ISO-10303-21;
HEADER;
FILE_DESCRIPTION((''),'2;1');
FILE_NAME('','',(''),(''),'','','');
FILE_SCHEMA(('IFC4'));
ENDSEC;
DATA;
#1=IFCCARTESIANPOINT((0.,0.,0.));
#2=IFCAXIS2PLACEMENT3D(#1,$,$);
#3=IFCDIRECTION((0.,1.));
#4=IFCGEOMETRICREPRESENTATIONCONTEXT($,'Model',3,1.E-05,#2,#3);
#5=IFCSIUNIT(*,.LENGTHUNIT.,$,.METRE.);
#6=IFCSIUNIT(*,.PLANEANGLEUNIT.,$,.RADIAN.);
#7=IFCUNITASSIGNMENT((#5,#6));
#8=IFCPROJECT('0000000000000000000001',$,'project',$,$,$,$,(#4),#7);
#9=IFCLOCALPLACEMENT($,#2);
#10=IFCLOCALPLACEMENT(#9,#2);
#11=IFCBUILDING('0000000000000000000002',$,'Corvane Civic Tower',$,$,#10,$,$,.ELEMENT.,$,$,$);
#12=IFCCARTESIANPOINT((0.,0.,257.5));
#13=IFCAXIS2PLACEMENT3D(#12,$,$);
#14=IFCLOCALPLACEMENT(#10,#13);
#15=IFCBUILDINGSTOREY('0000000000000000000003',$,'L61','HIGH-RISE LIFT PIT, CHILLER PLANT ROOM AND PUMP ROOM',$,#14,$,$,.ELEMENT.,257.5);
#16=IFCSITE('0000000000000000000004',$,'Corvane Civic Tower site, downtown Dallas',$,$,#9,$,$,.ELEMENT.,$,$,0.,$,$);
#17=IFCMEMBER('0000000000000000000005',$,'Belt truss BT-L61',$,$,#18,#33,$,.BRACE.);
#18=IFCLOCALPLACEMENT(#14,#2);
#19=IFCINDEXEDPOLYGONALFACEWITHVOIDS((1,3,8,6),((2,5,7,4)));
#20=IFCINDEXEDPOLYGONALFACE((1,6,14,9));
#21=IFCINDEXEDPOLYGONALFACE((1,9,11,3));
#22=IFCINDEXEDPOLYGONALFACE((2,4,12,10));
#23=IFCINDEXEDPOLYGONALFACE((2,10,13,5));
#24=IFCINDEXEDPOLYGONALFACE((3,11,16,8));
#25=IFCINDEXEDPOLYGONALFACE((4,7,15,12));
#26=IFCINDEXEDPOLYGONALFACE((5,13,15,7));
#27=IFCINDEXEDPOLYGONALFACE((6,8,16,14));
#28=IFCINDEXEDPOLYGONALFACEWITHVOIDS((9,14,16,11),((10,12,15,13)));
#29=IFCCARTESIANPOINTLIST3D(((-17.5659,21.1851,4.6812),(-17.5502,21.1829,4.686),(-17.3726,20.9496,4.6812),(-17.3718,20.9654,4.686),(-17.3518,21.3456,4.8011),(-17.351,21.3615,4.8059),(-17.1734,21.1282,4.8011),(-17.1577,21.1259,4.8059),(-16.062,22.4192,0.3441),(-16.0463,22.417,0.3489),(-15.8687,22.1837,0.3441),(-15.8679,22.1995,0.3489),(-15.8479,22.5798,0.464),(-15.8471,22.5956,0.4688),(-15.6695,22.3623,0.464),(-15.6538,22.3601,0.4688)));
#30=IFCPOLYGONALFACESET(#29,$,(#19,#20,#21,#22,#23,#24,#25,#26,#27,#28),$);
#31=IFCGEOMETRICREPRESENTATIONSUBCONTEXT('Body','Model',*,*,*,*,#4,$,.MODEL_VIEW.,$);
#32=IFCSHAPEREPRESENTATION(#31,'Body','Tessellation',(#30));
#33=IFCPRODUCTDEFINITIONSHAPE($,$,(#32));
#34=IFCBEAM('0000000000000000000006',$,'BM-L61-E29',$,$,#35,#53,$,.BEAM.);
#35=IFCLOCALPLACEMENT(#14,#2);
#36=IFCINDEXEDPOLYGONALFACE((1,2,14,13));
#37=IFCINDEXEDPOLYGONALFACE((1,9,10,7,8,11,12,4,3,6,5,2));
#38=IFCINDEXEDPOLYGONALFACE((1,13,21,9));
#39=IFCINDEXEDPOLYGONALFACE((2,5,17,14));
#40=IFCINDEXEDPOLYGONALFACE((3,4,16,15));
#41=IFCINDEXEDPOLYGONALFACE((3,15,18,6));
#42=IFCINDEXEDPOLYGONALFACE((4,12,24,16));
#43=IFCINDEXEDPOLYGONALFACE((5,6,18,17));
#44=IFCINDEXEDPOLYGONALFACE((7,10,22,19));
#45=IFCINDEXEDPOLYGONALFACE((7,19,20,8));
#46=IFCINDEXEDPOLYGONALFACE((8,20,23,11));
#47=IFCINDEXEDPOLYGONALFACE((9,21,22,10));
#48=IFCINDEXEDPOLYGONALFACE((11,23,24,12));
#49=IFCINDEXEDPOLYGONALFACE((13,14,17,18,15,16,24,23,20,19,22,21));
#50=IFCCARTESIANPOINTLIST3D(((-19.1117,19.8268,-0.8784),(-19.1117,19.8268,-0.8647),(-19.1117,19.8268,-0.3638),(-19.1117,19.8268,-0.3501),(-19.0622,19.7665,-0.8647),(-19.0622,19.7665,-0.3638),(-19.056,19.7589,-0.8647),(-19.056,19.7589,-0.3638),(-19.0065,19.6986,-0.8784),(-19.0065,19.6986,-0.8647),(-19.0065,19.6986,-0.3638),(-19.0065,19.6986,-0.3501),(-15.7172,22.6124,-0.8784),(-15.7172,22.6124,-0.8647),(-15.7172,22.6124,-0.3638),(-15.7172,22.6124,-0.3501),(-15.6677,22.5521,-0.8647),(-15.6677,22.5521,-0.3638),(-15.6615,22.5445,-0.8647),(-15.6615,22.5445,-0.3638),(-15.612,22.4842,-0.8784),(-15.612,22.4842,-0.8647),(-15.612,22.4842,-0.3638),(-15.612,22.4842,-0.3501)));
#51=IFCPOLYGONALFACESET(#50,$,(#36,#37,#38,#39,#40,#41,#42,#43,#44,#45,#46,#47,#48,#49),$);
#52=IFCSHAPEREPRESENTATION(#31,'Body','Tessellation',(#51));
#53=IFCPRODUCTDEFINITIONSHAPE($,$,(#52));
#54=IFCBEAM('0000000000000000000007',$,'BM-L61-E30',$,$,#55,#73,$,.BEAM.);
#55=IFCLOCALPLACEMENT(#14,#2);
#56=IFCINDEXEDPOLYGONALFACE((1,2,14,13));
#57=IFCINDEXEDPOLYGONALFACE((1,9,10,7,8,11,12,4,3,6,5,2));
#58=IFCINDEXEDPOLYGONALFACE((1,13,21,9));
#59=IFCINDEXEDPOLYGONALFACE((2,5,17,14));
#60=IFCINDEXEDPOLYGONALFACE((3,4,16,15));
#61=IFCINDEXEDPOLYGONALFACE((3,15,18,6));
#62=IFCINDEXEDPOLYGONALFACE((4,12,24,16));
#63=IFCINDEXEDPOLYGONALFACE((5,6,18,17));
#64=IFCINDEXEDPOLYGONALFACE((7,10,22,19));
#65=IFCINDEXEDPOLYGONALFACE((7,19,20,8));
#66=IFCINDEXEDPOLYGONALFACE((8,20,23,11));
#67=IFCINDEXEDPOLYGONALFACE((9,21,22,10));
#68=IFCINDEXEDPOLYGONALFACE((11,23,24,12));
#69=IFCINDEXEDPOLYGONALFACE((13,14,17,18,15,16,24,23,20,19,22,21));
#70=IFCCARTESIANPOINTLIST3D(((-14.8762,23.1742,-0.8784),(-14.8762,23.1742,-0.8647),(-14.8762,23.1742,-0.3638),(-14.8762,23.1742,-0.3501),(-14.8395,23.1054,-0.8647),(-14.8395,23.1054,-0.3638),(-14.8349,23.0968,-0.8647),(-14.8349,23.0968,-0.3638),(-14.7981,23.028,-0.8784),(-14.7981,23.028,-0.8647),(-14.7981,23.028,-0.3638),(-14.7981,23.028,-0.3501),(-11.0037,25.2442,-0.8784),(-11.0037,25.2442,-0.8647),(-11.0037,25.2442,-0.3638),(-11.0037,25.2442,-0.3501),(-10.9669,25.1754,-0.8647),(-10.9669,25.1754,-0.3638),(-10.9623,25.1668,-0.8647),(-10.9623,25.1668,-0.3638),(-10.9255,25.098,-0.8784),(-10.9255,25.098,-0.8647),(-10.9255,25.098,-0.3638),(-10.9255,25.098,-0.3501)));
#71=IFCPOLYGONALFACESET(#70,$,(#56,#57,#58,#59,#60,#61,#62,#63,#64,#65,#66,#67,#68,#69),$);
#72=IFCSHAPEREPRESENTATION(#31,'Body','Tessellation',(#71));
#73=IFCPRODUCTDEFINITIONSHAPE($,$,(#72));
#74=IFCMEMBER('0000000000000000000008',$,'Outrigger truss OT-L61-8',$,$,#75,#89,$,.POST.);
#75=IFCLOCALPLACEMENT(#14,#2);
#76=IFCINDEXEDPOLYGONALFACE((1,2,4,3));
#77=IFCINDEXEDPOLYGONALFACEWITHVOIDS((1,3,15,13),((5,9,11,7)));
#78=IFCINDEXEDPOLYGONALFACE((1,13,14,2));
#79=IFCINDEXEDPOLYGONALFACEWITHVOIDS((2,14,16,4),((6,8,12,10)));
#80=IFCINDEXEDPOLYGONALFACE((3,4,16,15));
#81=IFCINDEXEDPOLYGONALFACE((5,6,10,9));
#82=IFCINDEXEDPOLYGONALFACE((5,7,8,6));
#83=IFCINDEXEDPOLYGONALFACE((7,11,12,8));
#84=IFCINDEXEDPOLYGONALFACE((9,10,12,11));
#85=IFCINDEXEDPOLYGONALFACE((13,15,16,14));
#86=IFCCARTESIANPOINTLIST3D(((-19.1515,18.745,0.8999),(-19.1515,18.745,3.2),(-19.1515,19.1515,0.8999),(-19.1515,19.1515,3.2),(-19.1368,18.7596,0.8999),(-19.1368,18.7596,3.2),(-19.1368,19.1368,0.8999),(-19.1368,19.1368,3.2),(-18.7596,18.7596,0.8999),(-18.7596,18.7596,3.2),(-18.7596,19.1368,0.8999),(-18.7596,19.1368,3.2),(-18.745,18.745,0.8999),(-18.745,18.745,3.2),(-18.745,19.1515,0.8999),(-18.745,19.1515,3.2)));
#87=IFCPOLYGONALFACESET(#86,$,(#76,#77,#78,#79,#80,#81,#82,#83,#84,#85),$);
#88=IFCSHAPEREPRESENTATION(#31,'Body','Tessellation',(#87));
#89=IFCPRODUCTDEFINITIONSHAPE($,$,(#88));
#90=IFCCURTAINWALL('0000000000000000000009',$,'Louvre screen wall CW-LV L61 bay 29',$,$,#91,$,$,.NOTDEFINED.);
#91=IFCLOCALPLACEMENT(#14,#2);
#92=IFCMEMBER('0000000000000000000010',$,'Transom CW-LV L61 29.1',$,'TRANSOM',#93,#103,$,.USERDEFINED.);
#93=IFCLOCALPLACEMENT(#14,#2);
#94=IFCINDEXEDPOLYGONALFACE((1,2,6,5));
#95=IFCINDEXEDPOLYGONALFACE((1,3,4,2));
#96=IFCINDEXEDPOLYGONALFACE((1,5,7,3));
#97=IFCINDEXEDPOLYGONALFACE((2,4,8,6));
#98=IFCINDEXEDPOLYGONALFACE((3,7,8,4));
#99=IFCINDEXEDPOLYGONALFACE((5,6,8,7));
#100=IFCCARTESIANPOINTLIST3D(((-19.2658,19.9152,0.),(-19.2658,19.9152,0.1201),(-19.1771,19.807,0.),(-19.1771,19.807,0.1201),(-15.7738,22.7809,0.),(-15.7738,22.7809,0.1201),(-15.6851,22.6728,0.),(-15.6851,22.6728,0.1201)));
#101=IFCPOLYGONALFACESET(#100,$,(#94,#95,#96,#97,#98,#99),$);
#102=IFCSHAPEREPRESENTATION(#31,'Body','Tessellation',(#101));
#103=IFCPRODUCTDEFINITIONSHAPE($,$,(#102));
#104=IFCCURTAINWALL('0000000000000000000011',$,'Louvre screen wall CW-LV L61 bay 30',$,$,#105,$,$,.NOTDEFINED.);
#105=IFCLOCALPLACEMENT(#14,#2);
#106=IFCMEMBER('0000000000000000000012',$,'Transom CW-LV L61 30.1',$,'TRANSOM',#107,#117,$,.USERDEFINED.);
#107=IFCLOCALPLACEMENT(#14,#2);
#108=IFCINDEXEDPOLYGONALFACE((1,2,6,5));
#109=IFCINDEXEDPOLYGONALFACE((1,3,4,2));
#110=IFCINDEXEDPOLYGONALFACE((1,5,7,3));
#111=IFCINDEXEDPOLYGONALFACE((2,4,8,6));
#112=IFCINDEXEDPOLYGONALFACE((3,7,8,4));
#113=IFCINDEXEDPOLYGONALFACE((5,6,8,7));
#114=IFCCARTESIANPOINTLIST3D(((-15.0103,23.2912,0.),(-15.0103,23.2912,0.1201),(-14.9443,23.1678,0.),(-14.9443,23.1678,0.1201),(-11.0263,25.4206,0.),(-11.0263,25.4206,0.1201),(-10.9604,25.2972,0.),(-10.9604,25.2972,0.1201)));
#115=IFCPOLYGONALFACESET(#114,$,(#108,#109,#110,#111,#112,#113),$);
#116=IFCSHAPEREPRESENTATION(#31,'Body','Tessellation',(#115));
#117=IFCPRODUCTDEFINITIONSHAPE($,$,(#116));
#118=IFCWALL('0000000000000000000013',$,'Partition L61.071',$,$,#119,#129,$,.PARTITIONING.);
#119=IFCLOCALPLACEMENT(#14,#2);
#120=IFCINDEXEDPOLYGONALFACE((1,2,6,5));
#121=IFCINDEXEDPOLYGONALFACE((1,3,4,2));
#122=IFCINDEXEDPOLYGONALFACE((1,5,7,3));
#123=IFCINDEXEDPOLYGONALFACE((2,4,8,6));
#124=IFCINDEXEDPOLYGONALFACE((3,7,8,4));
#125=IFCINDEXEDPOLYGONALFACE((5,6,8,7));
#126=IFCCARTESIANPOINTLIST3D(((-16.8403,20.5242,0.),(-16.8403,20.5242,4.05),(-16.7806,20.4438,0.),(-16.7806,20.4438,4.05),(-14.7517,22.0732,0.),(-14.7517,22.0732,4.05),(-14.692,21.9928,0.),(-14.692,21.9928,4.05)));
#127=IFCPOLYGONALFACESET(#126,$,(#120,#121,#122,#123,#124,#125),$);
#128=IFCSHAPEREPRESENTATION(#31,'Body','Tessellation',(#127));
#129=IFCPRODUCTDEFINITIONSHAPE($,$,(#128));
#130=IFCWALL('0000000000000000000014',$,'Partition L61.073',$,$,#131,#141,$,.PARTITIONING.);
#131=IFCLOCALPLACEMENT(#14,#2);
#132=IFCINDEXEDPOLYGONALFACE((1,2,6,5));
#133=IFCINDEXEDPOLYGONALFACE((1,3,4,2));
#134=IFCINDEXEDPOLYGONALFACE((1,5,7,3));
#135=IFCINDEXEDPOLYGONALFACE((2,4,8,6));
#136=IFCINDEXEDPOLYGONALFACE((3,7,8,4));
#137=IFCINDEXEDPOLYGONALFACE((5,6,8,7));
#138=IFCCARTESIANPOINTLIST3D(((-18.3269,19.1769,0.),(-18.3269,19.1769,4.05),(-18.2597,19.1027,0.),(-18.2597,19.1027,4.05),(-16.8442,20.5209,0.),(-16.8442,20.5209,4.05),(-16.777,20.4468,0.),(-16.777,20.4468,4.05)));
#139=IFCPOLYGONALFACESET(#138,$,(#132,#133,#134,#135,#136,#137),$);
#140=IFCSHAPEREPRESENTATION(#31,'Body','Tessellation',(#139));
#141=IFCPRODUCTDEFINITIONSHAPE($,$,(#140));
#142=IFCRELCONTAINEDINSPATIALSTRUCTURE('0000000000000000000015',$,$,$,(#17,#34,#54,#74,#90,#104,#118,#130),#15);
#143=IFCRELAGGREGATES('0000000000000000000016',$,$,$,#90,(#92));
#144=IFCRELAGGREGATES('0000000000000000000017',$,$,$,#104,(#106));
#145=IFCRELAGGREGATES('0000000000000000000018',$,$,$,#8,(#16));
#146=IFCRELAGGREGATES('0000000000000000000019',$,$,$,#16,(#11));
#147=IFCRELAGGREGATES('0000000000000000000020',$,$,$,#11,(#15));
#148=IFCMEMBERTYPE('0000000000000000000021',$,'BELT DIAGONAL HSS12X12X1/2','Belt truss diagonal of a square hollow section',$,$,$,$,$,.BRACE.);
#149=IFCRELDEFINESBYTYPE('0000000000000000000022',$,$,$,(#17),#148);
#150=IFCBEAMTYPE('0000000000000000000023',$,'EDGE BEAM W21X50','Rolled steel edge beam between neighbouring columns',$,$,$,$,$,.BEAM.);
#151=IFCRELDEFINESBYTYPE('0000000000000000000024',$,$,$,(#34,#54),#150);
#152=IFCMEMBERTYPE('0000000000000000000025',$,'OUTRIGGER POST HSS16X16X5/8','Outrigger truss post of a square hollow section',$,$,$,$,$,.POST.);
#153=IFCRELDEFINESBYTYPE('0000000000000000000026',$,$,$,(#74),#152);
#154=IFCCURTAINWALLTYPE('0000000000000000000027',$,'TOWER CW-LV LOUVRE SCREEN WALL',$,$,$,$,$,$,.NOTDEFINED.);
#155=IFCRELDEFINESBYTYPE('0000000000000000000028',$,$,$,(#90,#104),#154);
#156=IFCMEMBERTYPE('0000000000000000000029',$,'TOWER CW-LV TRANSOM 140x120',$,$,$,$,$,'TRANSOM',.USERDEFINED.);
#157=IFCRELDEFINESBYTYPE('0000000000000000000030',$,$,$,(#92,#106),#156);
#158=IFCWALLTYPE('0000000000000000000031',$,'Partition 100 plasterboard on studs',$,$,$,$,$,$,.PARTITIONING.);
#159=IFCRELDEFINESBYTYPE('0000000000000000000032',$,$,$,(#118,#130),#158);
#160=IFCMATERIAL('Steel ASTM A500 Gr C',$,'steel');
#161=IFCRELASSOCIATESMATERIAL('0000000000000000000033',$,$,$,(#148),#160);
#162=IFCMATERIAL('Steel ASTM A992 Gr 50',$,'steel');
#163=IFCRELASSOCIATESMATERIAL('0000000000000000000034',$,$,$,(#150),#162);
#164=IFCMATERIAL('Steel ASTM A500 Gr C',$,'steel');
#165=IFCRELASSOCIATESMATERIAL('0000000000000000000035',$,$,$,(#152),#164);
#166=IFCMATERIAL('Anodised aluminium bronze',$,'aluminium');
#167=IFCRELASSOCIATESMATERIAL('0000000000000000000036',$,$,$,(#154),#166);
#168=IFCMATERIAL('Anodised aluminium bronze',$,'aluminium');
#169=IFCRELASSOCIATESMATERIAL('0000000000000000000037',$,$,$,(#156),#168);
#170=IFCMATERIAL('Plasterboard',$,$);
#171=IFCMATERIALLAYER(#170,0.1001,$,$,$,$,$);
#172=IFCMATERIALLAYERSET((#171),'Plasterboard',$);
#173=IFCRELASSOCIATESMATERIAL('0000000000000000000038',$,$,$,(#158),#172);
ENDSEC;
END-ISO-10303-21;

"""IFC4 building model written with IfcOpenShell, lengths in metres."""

from ifc_helpers import new_model, si_unit, direction, frame, frame_2d, origin, origin_2d, place, context, subcontext, project, spatial, rectangle, hollow_rectangle, i_section, extrude, material, layer, layer_set, material_profile, profile_set, type_object, element, aggregate, save


model = new_model("IFC4")

# Units and contexts
model_context = context("Model", 3, precision=1e-05, world=origin(), true_north=direction((0.0, 1.0)))
body_context = subcontext(model_context, "Body", "Model", "MODEL_VIEW")
ifc_project = project(units=[si_unit("LENGTHUNIT", "METRE"), si_unit("PLANEANGLEUNIT", "RADIAN")], contexts=[model_context])

# Site, building, storey
site_placement = place(None, origin())
site = spatial("IfcSite", under=ifc_project, at=site_placement, Name="Corvane Civic Tower site, downtown Dallas", CompositionType="ELEMENT", RefElevation=0.0)
building_placement = place(site_placement, origin())
building = spatial("IfcBuilding", under=site, at=building_placement, Name="Corvane Civic Tower", CompositionType="ELEMENT")
storey_placement = place(building_placement, frame((0.0, 0.0, 257.5)))
storey = spatial("IfcBuildingStorey", under=building, at=storey_placement, Name="L61", Description="HIGH-RISE LIFT PIT, CHILLER PLANT ROOM AND PUMP ROOM", CompositionType="ELEMENT", Elevation=257.5)

# Member
ifc_material_1 = material(Name="Steel ASTM A500 Gr C", Category="steel")
ifc_material_profile_1 = material_profile(ifc_material_1, hollow_rectangle(XDim=0.3047, YDim=0.3047, WallThickness=0.0117, at=origin_2d()), Name="HSS12X12X1/2")
ifc_profile_set_1 = profile_set([ifc_material_profile_1], Name="Steel ASTM A500 Gr C")
member_type_1 = type_object("IfcMemberType", Name="BELT DIAGONAL HSS12X12X1/2", Description="Belt truss diagonal of a square hollow section", PredefinedType="BRACE", material=ifc_profile_set_1)
for number, where, z_axis, x_axis, name in (
    (1, (-15.8579, 22.3896, 0.4065), (-0.316379, -0.259626, 0.912414), (0.634365, -0.773034, 0.0), "Belt truss BT-L61"),
):
    element("IfcMember", number, at=place(storey_placement, frame(where, z_axis=z_axis, x_axis=x_axis)), inside=storey, type_object=member_type_1, Name=name, PredefinedType="BRACE", context=body_context, shape_type="SweptSolid", body=[
        extrude(hollow_rectangle(XDim=0.3047, YDim=0.3047, WallThickness=0.0117, at=origin_2d()), origin(), (0.0, 0.0, 1.0), 4.7534),
    ])

# Beams
ifc_material_2 = material(Name="Steel ASTM A992 Gr 50", Category="steel")
ifc_material_profile_2 = material_profile(ifc_material_2, i_section(OverallWidth=0.1658, OverallDepth=0.5283, WebThickness=0.0098, FlangeThickness=0.0137, at=origin_2d()), Name="W21X50")
ifc_profile_set_2 = profile_set([ifc_material_profile_2], Name="Steel ASTM A992 Gr 50")
beam_type = type_object("IfcBeamType", Name="EDGE BEAM W21X50", Description="Rolled steel edge beam between neighbouring columns", PredefinedType="BEAM", material=ifc_profile_set_2)
for number, where, z_axis, x_axis, name in (
    (2, (-19.0591, 19.7627, -0.6143), (0.77303, 0.634369, 0.0), (-0.634369, 0.77303, 0.0), "BM-L61-E29"),
    (3, (-14.8372, 23.1011, -0.6143), (0.881908, 0.471422, 0.0), (-0.471422, 0.881908, 0.0), "BM-L61-E30"),
):
    element("IfcBeam", number, at=place(storey_placement, frame(where, z_axis=z_axis, x_axis=x_axis)), inside=storey, type_object=beam_type, Name=name, PredefinedType="BEAM", context=body_context, shape_type="SweptSolid", body=[
        extrude(i_section(OverallWidth=0.1658, OverallDepth=0.5283, WebThickness=0.0098, FlangeThickness=0.0137, at=origin_2d()), origin(), (0.0, 0.0, 1.0), 4.3911),
    ])

# Member
ifc_material_3 = material(Name="Steel ASTM A500 Gr C", Category="steel")
ifc_material_profile_3 = material_profile(ifc_material_3, hollow_rectangle(XDim=0.4065, YDim=0.4065, WallThickness=0.0146, at=origin_2d()), Name="HSS16X16X5/8")
ifc_profile_set_3 = profile_set([ifc_material_profile_3], Name="Steel ASTM A500 Gr C")
member_type_2 = type_object("IfcMemberType", Name="OUTRIGGER POST HSS16X16X5/8", Description="Outrigger truss post of a square hollow section", PredefinedType="POST", material=ifc_profile_set_3)
member_1_placement = place(storey_placement, frame((-18.9482, 18.9482, 0.8999), z_axis=(0.0, 0.0, 1.0), x_axis=(1.0, 0.0, 0.0)))
element("IfcMember", 4, at=member_1_placement, inside=storey, type_object=member_type_2, Name="Outrigger truss OT-L61-8", PredefinedType="POST", context=body_context, shape_type="SweptSolid", body=[
    extrude(hollow_rectangle(XDim=0.4065, YDim=0.4065, WallThickness=0.0146, at=origin_2d()), origin(), (0.0, 0.0, 1.0), 2.3),
])

# Curtain walls, members
ifc_material_4 = material(Name="Anodised aluminium bronze", Category="aluminium")
curtain_wall_type = type_object("IfcCurtainWallType", Name="TOWER CW-LV LOUVRE SCREEN WALL", PredefinedType="NOTDEFINED", material=ifc_material_4)
curtain_wall_1_placement = place(storey_placement, origin())
curtain_wall_1 = element("IfcCurtainWall", 5, at=curtain_wall_1_placement, inside=storey, type_object=curtain_wall_type, Name="Louvre screen wall CW-LV L61 bay 29", PredefinedType="NOTDEFINED")
ifc_material_5 = material(Name="Anodised aluminium bronze", Category="aluminium")
ifc_material_profile_4 = material_profile(ifc_material_5, rectangle(XDim=0.1399, YDim=0.1201, at=origin_2d()), Name="TOWER CW-LV TRANSOM 140x120")
ifc_profile_set_4 = profile_set([ifc_material_profile_4], Name="Anodised aluminium bronze")
member_type_3 = type_object("IfcMemberType", Name="TOWER CW-LV TRANSOM 140x120", ElementType="TRANSOM", PredefinedType="USERDEFINED", material=ifc_profile_set_4)
member_2_placement = place(storey_placement, frame((-19.2214, 19.8611, 0.0601), z_axis=(0.773015, 0.634388, 0.0), x_axis=(-0.634388, 0.773015, 0.0)))
member_2 = element("IfcMember", 6, at=member_2_placement, type_object=member_type_3, Name="Transom CW-LV L61 29.1", ObjectType="TRANSOM", PredefinedType="USERDEFINED", context=body_context, shape_type="SweptSolid", body=[
    extrude(rectangle(XDim=0.1399, YDim=0.1201, at=origin_2d()), origin(), (0.0, 0.0, 1.0), 4.5173),
])
curtain_wall_2_placement = place(storey_placement, origin())
curtain_wall_2 = element("IfcCurtainWall", 7, at=curtain_wall_2_placement, inside=storey, type_object=curtain_wall_type, Name="Louvre screen wall CW-LV L61 bay 30", PredefinedType="NOTDEFINED")
member_3_placement = place(storey_placement, frame((-14.9773, 23.2295, 0.0601), z_axis=(0.881925, 0.47139, 0.0), x_axis=(-0.47139, 0.881925, 0.0)))
member_3 = element("IfcMember", 8, at=member_3_placement, type_object=member_type_3, Name="Transom CW-LV L61 30.1", ObjectType="TRANSOM", PredefinedType="USERDEFINED", context=body_context, shape_type="SweptSolid", body=[
    extrude(rectangle(XDim=0.1399, YDim=0.1201, at=origin_2d()), origin(), (0.0, 0.0, 1.0), 4.5173),
])

# Walls
ifc_material_6 = material(Name="Plasterboard")
ifc_layer_1 = layer(ifc_material_6, 0.1001)
ifc_layer_set_1 = layer_set([ifc_layer_1], Name="Plasterboard")
wall_type_1 = type_object("IfcWallType", Name="Partition 100 plasterboard on studs", PredefinedType="PARTITIONING", material=ifc_layer_set_1)
wall_1_placement = place(storey_placement, frame((-16.8105, 20.4839, 0.0), z_axis=(0.0, 0.0, 1.0), x_axis=(0.803199, 0.59571, 0.0)))
element("IfcWall", 9, at=wall_1_placement, inside=storey, type_object=wall_type_1, Name="Partition L61.071", PredefinedType="PARTITIONING", context=body_context, shape_type="SweptSolid", body=[
    extrude(rectangle(XDim=2.6003, YDim=0.1001, at=frame_2d((1.3003, 0.0))), origin(), (0.0, 0.0, 1.0), 4.05),
])
wall_2_placement = place(storey_placement, frame((-18.2932, 19.1399, 0.0), z_axis=(0.0, 0.0, 1.0), x_axis=(0.740905, 0.671609, 0.0)))
element("IfcWall", 10, at=wall_2_placement, inside=storey, type_object=wall_type_1, Name="Partition L61.073", PredefinedType="PARTITIONING", context=body_context, shape_type="SweptSolid", body=[
    extrude(rectangle(XDim=2.0012, YDim=0.1001, at=frame_2d((1.0005, 0.0))), origin(), (0.0, 0.0, 1.0), 4.05),
])

aggregate(curtain_wall_1, [member_2])
aggregate(curtain_wall_2, [member_3])

save(model, "model.ifc")
